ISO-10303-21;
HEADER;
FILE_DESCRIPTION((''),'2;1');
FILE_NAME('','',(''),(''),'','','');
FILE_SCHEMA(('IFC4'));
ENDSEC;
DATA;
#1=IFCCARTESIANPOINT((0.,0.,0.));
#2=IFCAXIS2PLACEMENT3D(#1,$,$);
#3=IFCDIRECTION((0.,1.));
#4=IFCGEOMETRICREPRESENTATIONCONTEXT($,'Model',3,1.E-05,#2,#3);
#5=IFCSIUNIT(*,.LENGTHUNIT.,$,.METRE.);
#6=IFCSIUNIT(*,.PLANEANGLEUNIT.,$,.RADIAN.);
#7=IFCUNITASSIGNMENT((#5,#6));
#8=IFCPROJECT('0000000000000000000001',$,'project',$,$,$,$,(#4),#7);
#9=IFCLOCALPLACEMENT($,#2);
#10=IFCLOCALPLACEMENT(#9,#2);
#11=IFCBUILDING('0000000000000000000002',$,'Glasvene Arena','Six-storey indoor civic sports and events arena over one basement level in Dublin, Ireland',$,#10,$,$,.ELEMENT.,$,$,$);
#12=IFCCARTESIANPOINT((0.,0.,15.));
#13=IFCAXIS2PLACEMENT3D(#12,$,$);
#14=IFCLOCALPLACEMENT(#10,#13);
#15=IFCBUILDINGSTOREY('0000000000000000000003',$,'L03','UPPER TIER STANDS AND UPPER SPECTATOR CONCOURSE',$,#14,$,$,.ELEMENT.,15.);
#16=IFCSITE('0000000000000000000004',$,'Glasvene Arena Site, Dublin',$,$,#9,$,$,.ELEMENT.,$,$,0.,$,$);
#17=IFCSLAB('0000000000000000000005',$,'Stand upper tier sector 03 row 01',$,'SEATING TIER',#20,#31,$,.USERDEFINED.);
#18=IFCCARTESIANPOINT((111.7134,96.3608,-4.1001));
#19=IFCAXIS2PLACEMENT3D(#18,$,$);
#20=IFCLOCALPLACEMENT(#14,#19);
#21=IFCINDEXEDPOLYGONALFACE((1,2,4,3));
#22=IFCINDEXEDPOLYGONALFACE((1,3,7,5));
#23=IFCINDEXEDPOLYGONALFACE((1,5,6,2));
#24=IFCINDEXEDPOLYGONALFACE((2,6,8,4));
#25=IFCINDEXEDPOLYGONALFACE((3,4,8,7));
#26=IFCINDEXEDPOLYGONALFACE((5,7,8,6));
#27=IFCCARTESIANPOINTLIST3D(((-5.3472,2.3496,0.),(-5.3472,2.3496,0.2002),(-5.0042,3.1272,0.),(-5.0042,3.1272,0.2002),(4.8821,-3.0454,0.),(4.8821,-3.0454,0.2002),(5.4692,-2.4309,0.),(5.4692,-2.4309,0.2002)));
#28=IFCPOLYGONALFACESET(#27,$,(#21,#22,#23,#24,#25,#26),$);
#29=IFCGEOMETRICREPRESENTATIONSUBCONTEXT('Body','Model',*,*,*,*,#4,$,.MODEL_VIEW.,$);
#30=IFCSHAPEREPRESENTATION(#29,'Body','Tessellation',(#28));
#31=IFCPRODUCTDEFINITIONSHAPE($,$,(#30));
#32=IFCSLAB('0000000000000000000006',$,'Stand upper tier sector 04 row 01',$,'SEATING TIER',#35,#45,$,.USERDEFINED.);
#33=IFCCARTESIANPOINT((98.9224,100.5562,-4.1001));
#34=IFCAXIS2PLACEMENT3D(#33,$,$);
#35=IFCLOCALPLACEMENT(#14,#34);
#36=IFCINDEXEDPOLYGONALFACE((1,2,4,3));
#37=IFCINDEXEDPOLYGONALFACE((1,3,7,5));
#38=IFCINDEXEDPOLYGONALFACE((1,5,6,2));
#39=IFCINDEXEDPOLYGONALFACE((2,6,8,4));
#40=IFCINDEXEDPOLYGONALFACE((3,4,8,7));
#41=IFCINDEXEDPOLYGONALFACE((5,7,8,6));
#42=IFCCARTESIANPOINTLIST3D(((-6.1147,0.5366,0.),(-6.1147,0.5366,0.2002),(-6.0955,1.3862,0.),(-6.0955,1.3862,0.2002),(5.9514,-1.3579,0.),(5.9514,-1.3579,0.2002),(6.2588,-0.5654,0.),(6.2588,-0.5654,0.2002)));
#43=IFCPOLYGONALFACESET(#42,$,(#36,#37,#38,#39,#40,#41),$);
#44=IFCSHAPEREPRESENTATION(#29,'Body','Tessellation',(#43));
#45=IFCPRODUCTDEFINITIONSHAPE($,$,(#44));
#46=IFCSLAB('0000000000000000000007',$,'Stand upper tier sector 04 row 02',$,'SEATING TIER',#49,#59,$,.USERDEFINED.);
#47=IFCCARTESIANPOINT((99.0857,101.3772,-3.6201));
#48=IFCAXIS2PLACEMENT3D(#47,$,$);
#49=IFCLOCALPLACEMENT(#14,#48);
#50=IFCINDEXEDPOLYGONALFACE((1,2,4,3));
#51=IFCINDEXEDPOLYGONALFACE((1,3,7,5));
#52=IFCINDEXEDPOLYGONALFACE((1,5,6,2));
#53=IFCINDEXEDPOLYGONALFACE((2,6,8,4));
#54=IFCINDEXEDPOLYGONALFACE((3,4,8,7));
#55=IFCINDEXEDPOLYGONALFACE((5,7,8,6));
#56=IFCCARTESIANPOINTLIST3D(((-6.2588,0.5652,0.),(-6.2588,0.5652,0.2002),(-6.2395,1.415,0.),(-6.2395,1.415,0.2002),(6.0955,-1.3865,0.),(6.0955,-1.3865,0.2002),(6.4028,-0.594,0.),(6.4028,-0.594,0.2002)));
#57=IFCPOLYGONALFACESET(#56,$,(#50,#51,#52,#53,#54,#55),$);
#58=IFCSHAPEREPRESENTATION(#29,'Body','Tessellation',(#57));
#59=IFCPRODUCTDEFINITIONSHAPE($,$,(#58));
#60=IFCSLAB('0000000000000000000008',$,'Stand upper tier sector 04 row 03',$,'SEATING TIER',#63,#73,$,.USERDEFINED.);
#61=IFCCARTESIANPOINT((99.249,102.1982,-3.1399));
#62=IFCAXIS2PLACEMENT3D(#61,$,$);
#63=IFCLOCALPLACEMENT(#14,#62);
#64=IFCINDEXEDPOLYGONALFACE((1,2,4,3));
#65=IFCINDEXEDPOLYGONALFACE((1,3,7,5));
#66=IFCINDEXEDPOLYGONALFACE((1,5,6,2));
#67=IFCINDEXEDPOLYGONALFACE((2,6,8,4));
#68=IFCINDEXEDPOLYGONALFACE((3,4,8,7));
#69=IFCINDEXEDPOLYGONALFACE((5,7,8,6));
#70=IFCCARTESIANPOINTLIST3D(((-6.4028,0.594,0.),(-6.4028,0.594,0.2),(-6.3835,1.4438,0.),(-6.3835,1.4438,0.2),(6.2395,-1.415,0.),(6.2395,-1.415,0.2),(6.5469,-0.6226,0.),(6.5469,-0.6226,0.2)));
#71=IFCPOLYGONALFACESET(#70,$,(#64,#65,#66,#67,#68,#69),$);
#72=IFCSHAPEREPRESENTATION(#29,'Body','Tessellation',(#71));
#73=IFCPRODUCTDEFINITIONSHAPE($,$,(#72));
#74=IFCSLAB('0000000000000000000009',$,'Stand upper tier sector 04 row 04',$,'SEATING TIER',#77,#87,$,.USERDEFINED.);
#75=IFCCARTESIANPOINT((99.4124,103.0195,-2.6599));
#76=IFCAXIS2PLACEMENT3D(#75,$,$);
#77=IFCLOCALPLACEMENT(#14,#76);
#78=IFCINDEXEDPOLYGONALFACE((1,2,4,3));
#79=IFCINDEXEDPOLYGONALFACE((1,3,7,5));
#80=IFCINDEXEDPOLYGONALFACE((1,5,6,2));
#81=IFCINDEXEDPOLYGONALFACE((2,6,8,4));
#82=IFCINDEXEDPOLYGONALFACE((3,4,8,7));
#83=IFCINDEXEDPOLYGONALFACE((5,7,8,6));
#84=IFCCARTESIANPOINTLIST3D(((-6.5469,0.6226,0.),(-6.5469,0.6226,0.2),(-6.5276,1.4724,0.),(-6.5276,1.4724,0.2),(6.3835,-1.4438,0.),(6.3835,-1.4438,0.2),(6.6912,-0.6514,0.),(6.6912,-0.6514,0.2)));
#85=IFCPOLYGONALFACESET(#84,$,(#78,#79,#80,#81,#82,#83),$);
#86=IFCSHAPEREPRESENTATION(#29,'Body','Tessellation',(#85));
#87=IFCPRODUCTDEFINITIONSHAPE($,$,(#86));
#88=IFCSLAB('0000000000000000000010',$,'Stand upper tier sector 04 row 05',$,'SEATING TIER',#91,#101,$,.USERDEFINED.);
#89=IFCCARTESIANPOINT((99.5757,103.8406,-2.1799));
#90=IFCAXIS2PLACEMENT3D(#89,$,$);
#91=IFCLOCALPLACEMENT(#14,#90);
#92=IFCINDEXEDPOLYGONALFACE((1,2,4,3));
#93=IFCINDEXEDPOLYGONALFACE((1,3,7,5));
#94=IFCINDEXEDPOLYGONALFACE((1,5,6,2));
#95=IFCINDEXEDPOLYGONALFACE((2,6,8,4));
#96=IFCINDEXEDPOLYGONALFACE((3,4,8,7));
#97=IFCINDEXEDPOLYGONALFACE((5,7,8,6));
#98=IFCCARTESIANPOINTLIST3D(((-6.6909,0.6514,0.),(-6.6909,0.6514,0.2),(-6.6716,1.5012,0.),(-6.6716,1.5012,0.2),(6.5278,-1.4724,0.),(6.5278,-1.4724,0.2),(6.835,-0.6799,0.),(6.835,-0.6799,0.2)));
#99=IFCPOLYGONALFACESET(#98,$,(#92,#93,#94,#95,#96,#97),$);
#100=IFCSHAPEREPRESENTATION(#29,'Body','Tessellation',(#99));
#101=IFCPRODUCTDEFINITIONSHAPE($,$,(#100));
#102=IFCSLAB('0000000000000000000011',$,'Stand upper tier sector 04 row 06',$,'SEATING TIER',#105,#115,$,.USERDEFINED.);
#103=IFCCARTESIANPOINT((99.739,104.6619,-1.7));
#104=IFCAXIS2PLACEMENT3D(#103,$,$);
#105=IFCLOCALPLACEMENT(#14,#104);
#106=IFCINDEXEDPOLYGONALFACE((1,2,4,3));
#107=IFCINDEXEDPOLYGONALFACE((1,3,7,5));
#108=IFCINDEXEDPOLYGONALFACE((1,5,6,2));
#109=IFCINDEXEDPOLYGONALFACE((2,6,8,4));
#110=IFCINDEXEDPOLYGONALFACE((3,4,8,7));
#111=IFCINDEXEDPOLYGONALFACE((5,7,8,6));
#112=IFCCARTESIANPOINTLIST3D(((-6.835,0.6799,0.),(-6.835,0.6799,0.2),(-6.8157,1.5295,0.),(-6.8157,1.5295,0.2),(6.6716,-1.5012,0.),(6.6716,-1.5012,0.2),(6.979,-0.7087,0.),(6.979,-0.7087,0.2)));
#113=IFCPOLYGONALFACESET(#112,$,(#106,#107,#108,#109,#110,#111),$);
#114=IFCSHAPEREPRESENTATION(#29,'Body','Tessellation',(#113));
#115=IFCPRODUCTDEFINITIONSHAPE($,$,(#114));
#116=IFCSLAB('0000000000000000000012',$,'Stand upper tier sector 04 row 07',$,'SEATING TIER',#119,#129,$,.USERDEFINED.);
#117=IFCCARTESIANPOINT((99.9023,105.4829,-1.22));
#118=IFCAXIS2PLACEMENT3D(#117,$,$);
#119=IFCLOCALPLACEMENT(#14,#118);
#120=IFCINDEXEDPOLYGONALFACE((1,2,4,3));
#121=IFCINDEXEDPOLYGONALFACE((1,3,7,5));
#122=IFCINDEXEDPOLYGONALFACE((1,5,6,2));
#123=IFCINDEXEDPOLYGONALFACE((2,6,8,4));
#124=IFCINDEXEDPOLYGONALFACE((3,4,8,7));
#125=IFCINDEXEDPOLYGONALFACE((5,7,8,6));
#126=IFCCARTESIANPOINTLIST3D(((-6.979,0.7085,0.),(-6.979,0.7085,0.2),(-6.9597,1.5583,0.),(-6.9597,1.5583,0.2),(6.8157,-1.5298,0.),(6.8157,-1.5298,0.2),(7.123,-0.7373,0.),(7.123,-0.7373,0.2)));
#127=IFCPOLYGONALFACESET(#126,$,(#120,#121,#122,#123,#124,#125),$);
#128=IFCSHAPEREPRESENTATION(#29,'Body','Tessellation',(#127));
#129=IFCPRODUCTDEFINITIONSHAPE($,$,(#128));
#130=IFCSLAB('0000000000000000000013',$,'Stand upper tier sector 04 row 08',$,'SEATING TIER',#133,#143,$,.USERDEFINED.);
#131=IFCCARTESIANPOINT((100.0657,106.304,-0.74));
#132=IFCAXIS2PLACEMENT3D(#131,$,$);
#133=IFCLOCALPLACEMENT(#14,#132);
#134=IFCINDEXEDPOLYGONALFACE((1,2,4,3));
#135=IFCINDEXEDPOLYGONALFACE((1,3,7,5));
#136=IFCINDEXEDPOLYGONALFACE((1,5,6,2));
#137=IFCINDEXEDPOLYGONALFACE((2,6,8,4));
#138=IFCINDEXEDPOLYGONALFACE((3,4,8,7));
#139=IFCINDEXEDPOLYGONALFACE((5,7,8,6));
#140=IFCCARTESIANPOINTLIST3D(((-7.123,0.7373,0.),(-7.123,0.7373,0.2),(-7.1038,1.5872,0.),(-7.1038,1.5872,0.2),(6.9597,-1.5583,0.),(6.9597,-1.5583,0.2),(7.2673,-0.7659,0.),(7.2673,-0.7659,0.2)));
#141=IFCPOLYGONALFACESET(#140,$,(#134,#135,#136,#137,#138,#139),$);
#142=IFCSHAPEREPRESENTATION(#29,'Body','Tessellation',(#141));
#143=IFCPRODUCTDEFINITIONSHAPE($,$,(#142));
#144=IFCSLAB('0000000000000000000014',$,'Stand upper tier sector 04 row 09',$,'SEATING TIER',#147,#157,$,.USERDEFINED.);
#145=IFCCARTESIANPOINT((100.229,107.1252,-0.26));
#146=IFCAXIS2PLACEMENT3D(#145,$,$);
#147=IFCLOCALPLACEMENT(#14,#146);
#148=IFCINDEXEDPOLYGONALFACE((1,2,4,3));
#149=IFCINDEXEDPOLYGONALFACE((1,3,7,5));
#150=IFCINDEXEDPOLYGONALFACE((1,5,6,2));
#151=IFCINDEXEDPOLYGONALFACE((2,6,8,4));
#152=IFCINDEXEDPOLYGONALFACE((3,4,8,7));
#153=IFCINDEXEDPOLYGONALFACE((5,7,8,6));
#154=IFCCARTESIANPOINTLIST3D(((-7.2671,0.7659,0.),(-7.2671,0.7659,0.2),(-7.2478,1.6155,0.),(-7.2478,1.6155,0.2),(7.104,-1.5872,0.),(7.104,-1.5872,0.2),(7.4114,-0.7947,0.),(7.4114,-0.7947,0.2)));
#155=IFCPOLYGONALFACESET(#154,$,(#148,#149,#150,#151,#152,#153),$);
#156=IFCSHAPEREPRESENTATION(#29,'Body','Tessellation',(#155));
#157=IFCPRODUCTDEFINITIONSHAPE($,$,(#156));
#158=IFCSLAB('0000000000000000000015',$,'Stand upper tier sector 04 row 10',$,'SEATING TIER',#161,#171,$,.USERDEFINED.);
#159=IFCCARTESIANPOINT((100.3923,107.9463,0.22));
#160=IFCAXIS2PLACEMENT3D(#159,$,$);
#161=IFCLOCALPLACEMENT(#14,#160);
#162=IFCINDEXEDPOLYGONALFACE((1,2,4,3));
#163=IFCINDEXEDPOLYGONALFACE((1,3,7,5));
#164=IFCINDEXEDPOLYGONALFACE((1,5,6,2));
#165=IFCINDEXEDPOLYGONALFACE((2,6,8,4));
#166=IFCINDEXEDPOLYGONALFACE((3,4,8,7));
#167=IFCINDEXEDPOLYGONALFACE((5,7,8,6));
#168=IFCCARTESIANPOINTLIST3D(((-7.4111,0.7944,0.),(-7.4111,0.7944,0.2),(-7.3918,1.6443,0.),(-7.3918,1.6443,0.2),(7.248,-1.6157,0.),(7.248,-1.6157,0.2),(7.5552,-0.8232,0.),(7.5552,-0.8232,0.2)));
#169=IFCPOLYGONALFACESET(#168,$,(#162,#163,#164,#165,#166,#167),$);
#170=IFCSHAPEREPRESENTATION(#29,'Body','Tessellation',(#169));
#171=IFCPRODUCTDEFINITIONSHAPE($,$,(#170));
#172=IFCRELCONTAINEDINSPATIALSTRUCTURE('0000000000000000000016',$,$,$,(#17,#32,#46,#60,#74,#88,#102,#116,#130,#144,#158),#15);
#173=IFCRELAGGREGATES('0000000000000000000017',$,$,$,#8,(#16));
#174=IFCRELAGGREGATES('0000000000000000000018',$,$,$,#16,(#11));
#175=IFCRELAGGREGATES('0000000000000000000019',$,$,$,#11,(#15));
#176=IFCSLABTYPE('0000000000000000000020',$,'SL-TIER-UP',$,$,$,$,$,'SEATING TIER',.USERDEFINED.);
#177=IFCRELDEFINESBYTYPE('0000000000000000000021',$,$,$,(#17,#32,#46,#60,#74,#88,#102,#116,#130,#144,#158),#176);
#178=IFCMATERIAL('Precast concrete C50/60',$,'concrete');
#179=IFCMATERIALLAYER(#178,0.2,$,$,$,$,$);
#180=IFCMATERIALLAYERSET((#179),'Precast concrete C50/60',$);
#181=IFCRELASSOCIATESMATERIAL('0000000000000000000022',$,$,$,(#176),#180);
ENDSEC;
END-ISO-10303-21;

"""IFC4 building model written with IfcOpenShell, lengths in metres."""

from ifc_helpers import new_model, si_unit, direction, frame, origin, place, context, subcontext, project, spatial, polyline, outline, extrude, material, layer, layer_set, type_object, element, save


model = new_model("IFC4")

# Units and contexts
model_context = context("Model", 3, precision=1e-05, world=origin(), true_north=direction((0.0, 1.0)))
body_context = subcontext(model_context, "Body", "Model", "MODEL_VIEW")
ifc_project = project(units=[si_unit("LENGTHUNIT", "METRE"), si_unit("PLANEANGLEUNIT", "RADIAN")], contexts=[model_context])

# Site, building, storey
site_placement = place(None, origin())
site = spatial("IfcSite", under=ifc_project, at=site_placement, Name="Glasvene Arena Site, Dublin", CompositionType="ELEMENT", RefElevation=0.0)
building_placement = place(site_placement, origin())
building = spatial("IfcBuilding", under=site, at=building_placement, Name="Glasvene Arena", Description="Six-storey indoor civic sports and events arena over one basement level in Dublin, Ireland", CompositionType="ELEMENT")
storey_placement = place(building_placement, frame((0.0, 0.0, 15.0)))
storey = spatial("IfcBuildingStorey", under=building, at=storey_placement, Name="L03", Description="UPPER TIER STANDS AND UPPER SPECTATOR CONCOURSE", CompositionType="ELEMENT", Elevation=15.0)

# Shared definitions
ifc_material_1 = material(Name="Precast concrete C50/60", Category="concrete")

# Slabs
ifc_layer = layer(ifc_material_1, 0.2)
ifc_layer_set = layer_set([ifc_layer], Name="Precast concrete C50/60")
slab_type = type_object("IfcSlabType", Name="SL-TIER-UP", ElementType="SEATING TIER", PredefinedType="USERDEFINED", material=ifc_layer_set)
slab_1_placement = place(storey_placement, frame((111.7134, 96.3608, -4.1001)))
element("IfcSlab", 1, at=slab_1_placement, inside=storey, type_object=slab_type, Name="Stand upper tier sector 03 row 01", ObjectType="SEATING TIER", PredefinedType="USERDEFINED", context=body_context, shape_type="SweptSolid", body=[
    extrude(outline(polyline([(4.8821, -3.0454), (-5.3472, 2.3496), (-5.0042, 3.1272), (5.4692, -2.4309), (4.8821, -3.0454)])), origin(), (0.0, 0.0, 1.0), 0.2002),
])
slab_2_placement = place(storey_placement, frame((98.9224, 100.5562, -4.1001)))
element("IfcSlab", 2, at=slab_2_placement, inside=storey, type_object=slab_type, Name="Stand upper tier sector 04 row 01", ObjectType="SEATING TIER", PredefinedType="USERDEFINED", context=body_context, shape_type="SweptSolid", body=[
    extrude(outline(polyline([(5.9514, -1.3579), (-6.1147, 0.5366), (-6.0955, 1.3862), (6.2588, -0.5654), (5.9514, -1.3579)])), origin(), (0.0, 0.0, 1.0), 0.2002),
])
slab_3_placement = place(storey_placement, frame((99.0857, 101.3772, -3.6201)))
element("IfcSlab", 3, at=slab_3_placement, inside=storey, type_object=slab_type, Name="Stand upper tier sector 04 row 02", ObjectType="SEATING TIER", PredefinedType="USERDEFINED", context=body_context, shape_type="SweptSolid", body=[
    extrude(outline(polyline([(6.0955, -1.3865), (-6.2588, 0.5652), (-6.2395, 1.415), (6.4028, -0.594), (6.0955, -1.3865)])), origin(), (0.0, 0.0, 1.0), 0.2002),
])
slab_4_placement = place(storey_placement, frame((99.249, 102.1982, -3.1399)))
element("IfcSlab", 4, at=slab_4_placement, inside=storey, type_object=slab_type, Name="Stand upper tier sector 04 row 03", ObjectType="SEATING TIER", PredefinedType="USERDEFINED", context=body_context, shape_type="SweptSolid", body=[
    extrude(outline(polyline([(6.2395, -1.415), (-6.4028, 0.594), (-6.3835, 1.4438), (6.5469, -0.6226), (6.2395, -1.415)])), origin(), (0.0, 0.0, 1.0), 0.2),
])
slab_5_placement = place(storey_placement, frame((99.4124, 103.0195, -2.6599)))
element("IfcSlab", 5, at=slab_5_placement, inside=storey, type_object=slab_type, Name="Stand upper tier sector 04 row 04", ObjectType="SEATING TIER", PredefinedType="USERDEFINED", context=body_context, shape_type="SweptSolid", body=[
    extrude(outline(polyline([(6.3835, -1.4438), (-6.5469, 0.6226), (-6.5276, 1.4724), (6.6912, -0.6514), (6.3835, -1.4438)])), origin(), (0.0, 0.0, 1.0), 0.2),
])
slab_6_placement = place(storey_placement, frame((99.5757, 103.8406, -2.1799)))
element("IfcSlab", 6, at=slab_6_placement, inside=storey, type_object=slab_type, Name="Stand upper tier sector 04 row 05", ObjectType="SEATING TIER", PredefinedType="USERDEFINED", context=body_context, shape_type="SweptSolid", body=[
    extrude(outline(polyline([(6.5278, -1.4724), (-6.6909, 0.6514), (-6.6716, 1.5012), (6.835, -0.6799), (6.5278, -1.4724)])), origin(), (0.0, 0.0, 1.0), 0.2),
])
slab_7_placement = place(storey_placement, frame((99.739, 104.6619, -1.7)))
element("IfcSlab", 7, at=slab_7_placement, inside=storey, type_object=slab_type, Name="Stand upper tier sector 04 row 06", ObjectType="SEATING TIER", PredefinedType="USERDEFINED", context=body_context, shape_type="SweptSolid", body=[
    extrude(outline(polyline([(6.6716, -1.5012), (-6.835, 0.6799), (-6.8157, 1.5295), (6.979, -0.7087), (6.6716, -1.5012)])), origin(), (0.0, 0.0, 1.0), 0.2),
])
slab_8_placement = place(storey_placement, frame((99.9023, 105.4829, -1.22)))
element("IfcSlab", 8, at=slab_8_placement, inside=storey, type_object=slab_type, Name="Stand upper tier sector 04 row 07", ObjectType="SEATING TIER", PredefinedType="USERDEFINED", context=body_context, shape_type="SweptSolid", body=[
    extrude(outline(polyline([(6.8157, -1.5298), (-6.979, 0.7085), (-6.9597, 1.5583), (7.123, -0.7373), (6.8157, -1.5298)])), origin(), (0.0, 0.0, 1.0), 0.2),
])
slab_9_placement = place(storey_placement, frame((100.0657, 106.304, -0.74)))
element("IfcSlab", 9, at=slab_9_placement, inside=storey, type_object=slab_type, Name="Stand upper tier sector 04 row 08", ObjectType="SEATING TIER", PredefinedType="USERDEFINED", context=body_context, shape_type="SweptSolid", body=[
    extrude(outline(polyline([(6.9597, -1.5583), (-7.123, 0.7373), (-7.1038, 1.5872), (7.2673, -0.7659), (6.9597, -1.5583)])), origin(), (0.0, 0.0, 1.0), 0.2),
])
slab_10_placement = place(storey_placement, frame((100.229, 107.1252, -0.26)))
element("IfcSlab", 10, at=slab_10_placement, inside=storey, type_object=slab_type, Name="Stand upper tier sector 04 row 09", ObjectType="SEATING TIER", PredefinedType="USERDEFINED", context=body_context, shape_type="SweptSolid", body=[
    extrude(outline(polyline([(7.104, -1.5872), (-7.2671, 0.7659), (-7.2478, 1.6155), (7.4114, -0.7947), (7.104, -1.5872)])), origin(), (0.0, 0.0, 1.0), 0.2),
])
slab_11_placement = place(storey_placement, frame((100.3923, 107.9463, 0.22)))
element("IfcSlab", 11, at=slab_11_placement, inside=storey, type_object=slab_type, Name="Stand upper tier sector 04 row 10", ObjectType="SEATING TIER", PredefinedType="USERDEFINED", context=body_context, shape_type="SweptSolid", body=[
    extrude(outline(polyline([(7.248, -1.6157), (-7.4111, 0.7944), (-7.3918, 1.6443), (7.5552, -0.8232), (7.248, -1.6157)])), origin(), (0.0, 0.0, 1.0), 0.2),
])

save(model, "model.ifc")
